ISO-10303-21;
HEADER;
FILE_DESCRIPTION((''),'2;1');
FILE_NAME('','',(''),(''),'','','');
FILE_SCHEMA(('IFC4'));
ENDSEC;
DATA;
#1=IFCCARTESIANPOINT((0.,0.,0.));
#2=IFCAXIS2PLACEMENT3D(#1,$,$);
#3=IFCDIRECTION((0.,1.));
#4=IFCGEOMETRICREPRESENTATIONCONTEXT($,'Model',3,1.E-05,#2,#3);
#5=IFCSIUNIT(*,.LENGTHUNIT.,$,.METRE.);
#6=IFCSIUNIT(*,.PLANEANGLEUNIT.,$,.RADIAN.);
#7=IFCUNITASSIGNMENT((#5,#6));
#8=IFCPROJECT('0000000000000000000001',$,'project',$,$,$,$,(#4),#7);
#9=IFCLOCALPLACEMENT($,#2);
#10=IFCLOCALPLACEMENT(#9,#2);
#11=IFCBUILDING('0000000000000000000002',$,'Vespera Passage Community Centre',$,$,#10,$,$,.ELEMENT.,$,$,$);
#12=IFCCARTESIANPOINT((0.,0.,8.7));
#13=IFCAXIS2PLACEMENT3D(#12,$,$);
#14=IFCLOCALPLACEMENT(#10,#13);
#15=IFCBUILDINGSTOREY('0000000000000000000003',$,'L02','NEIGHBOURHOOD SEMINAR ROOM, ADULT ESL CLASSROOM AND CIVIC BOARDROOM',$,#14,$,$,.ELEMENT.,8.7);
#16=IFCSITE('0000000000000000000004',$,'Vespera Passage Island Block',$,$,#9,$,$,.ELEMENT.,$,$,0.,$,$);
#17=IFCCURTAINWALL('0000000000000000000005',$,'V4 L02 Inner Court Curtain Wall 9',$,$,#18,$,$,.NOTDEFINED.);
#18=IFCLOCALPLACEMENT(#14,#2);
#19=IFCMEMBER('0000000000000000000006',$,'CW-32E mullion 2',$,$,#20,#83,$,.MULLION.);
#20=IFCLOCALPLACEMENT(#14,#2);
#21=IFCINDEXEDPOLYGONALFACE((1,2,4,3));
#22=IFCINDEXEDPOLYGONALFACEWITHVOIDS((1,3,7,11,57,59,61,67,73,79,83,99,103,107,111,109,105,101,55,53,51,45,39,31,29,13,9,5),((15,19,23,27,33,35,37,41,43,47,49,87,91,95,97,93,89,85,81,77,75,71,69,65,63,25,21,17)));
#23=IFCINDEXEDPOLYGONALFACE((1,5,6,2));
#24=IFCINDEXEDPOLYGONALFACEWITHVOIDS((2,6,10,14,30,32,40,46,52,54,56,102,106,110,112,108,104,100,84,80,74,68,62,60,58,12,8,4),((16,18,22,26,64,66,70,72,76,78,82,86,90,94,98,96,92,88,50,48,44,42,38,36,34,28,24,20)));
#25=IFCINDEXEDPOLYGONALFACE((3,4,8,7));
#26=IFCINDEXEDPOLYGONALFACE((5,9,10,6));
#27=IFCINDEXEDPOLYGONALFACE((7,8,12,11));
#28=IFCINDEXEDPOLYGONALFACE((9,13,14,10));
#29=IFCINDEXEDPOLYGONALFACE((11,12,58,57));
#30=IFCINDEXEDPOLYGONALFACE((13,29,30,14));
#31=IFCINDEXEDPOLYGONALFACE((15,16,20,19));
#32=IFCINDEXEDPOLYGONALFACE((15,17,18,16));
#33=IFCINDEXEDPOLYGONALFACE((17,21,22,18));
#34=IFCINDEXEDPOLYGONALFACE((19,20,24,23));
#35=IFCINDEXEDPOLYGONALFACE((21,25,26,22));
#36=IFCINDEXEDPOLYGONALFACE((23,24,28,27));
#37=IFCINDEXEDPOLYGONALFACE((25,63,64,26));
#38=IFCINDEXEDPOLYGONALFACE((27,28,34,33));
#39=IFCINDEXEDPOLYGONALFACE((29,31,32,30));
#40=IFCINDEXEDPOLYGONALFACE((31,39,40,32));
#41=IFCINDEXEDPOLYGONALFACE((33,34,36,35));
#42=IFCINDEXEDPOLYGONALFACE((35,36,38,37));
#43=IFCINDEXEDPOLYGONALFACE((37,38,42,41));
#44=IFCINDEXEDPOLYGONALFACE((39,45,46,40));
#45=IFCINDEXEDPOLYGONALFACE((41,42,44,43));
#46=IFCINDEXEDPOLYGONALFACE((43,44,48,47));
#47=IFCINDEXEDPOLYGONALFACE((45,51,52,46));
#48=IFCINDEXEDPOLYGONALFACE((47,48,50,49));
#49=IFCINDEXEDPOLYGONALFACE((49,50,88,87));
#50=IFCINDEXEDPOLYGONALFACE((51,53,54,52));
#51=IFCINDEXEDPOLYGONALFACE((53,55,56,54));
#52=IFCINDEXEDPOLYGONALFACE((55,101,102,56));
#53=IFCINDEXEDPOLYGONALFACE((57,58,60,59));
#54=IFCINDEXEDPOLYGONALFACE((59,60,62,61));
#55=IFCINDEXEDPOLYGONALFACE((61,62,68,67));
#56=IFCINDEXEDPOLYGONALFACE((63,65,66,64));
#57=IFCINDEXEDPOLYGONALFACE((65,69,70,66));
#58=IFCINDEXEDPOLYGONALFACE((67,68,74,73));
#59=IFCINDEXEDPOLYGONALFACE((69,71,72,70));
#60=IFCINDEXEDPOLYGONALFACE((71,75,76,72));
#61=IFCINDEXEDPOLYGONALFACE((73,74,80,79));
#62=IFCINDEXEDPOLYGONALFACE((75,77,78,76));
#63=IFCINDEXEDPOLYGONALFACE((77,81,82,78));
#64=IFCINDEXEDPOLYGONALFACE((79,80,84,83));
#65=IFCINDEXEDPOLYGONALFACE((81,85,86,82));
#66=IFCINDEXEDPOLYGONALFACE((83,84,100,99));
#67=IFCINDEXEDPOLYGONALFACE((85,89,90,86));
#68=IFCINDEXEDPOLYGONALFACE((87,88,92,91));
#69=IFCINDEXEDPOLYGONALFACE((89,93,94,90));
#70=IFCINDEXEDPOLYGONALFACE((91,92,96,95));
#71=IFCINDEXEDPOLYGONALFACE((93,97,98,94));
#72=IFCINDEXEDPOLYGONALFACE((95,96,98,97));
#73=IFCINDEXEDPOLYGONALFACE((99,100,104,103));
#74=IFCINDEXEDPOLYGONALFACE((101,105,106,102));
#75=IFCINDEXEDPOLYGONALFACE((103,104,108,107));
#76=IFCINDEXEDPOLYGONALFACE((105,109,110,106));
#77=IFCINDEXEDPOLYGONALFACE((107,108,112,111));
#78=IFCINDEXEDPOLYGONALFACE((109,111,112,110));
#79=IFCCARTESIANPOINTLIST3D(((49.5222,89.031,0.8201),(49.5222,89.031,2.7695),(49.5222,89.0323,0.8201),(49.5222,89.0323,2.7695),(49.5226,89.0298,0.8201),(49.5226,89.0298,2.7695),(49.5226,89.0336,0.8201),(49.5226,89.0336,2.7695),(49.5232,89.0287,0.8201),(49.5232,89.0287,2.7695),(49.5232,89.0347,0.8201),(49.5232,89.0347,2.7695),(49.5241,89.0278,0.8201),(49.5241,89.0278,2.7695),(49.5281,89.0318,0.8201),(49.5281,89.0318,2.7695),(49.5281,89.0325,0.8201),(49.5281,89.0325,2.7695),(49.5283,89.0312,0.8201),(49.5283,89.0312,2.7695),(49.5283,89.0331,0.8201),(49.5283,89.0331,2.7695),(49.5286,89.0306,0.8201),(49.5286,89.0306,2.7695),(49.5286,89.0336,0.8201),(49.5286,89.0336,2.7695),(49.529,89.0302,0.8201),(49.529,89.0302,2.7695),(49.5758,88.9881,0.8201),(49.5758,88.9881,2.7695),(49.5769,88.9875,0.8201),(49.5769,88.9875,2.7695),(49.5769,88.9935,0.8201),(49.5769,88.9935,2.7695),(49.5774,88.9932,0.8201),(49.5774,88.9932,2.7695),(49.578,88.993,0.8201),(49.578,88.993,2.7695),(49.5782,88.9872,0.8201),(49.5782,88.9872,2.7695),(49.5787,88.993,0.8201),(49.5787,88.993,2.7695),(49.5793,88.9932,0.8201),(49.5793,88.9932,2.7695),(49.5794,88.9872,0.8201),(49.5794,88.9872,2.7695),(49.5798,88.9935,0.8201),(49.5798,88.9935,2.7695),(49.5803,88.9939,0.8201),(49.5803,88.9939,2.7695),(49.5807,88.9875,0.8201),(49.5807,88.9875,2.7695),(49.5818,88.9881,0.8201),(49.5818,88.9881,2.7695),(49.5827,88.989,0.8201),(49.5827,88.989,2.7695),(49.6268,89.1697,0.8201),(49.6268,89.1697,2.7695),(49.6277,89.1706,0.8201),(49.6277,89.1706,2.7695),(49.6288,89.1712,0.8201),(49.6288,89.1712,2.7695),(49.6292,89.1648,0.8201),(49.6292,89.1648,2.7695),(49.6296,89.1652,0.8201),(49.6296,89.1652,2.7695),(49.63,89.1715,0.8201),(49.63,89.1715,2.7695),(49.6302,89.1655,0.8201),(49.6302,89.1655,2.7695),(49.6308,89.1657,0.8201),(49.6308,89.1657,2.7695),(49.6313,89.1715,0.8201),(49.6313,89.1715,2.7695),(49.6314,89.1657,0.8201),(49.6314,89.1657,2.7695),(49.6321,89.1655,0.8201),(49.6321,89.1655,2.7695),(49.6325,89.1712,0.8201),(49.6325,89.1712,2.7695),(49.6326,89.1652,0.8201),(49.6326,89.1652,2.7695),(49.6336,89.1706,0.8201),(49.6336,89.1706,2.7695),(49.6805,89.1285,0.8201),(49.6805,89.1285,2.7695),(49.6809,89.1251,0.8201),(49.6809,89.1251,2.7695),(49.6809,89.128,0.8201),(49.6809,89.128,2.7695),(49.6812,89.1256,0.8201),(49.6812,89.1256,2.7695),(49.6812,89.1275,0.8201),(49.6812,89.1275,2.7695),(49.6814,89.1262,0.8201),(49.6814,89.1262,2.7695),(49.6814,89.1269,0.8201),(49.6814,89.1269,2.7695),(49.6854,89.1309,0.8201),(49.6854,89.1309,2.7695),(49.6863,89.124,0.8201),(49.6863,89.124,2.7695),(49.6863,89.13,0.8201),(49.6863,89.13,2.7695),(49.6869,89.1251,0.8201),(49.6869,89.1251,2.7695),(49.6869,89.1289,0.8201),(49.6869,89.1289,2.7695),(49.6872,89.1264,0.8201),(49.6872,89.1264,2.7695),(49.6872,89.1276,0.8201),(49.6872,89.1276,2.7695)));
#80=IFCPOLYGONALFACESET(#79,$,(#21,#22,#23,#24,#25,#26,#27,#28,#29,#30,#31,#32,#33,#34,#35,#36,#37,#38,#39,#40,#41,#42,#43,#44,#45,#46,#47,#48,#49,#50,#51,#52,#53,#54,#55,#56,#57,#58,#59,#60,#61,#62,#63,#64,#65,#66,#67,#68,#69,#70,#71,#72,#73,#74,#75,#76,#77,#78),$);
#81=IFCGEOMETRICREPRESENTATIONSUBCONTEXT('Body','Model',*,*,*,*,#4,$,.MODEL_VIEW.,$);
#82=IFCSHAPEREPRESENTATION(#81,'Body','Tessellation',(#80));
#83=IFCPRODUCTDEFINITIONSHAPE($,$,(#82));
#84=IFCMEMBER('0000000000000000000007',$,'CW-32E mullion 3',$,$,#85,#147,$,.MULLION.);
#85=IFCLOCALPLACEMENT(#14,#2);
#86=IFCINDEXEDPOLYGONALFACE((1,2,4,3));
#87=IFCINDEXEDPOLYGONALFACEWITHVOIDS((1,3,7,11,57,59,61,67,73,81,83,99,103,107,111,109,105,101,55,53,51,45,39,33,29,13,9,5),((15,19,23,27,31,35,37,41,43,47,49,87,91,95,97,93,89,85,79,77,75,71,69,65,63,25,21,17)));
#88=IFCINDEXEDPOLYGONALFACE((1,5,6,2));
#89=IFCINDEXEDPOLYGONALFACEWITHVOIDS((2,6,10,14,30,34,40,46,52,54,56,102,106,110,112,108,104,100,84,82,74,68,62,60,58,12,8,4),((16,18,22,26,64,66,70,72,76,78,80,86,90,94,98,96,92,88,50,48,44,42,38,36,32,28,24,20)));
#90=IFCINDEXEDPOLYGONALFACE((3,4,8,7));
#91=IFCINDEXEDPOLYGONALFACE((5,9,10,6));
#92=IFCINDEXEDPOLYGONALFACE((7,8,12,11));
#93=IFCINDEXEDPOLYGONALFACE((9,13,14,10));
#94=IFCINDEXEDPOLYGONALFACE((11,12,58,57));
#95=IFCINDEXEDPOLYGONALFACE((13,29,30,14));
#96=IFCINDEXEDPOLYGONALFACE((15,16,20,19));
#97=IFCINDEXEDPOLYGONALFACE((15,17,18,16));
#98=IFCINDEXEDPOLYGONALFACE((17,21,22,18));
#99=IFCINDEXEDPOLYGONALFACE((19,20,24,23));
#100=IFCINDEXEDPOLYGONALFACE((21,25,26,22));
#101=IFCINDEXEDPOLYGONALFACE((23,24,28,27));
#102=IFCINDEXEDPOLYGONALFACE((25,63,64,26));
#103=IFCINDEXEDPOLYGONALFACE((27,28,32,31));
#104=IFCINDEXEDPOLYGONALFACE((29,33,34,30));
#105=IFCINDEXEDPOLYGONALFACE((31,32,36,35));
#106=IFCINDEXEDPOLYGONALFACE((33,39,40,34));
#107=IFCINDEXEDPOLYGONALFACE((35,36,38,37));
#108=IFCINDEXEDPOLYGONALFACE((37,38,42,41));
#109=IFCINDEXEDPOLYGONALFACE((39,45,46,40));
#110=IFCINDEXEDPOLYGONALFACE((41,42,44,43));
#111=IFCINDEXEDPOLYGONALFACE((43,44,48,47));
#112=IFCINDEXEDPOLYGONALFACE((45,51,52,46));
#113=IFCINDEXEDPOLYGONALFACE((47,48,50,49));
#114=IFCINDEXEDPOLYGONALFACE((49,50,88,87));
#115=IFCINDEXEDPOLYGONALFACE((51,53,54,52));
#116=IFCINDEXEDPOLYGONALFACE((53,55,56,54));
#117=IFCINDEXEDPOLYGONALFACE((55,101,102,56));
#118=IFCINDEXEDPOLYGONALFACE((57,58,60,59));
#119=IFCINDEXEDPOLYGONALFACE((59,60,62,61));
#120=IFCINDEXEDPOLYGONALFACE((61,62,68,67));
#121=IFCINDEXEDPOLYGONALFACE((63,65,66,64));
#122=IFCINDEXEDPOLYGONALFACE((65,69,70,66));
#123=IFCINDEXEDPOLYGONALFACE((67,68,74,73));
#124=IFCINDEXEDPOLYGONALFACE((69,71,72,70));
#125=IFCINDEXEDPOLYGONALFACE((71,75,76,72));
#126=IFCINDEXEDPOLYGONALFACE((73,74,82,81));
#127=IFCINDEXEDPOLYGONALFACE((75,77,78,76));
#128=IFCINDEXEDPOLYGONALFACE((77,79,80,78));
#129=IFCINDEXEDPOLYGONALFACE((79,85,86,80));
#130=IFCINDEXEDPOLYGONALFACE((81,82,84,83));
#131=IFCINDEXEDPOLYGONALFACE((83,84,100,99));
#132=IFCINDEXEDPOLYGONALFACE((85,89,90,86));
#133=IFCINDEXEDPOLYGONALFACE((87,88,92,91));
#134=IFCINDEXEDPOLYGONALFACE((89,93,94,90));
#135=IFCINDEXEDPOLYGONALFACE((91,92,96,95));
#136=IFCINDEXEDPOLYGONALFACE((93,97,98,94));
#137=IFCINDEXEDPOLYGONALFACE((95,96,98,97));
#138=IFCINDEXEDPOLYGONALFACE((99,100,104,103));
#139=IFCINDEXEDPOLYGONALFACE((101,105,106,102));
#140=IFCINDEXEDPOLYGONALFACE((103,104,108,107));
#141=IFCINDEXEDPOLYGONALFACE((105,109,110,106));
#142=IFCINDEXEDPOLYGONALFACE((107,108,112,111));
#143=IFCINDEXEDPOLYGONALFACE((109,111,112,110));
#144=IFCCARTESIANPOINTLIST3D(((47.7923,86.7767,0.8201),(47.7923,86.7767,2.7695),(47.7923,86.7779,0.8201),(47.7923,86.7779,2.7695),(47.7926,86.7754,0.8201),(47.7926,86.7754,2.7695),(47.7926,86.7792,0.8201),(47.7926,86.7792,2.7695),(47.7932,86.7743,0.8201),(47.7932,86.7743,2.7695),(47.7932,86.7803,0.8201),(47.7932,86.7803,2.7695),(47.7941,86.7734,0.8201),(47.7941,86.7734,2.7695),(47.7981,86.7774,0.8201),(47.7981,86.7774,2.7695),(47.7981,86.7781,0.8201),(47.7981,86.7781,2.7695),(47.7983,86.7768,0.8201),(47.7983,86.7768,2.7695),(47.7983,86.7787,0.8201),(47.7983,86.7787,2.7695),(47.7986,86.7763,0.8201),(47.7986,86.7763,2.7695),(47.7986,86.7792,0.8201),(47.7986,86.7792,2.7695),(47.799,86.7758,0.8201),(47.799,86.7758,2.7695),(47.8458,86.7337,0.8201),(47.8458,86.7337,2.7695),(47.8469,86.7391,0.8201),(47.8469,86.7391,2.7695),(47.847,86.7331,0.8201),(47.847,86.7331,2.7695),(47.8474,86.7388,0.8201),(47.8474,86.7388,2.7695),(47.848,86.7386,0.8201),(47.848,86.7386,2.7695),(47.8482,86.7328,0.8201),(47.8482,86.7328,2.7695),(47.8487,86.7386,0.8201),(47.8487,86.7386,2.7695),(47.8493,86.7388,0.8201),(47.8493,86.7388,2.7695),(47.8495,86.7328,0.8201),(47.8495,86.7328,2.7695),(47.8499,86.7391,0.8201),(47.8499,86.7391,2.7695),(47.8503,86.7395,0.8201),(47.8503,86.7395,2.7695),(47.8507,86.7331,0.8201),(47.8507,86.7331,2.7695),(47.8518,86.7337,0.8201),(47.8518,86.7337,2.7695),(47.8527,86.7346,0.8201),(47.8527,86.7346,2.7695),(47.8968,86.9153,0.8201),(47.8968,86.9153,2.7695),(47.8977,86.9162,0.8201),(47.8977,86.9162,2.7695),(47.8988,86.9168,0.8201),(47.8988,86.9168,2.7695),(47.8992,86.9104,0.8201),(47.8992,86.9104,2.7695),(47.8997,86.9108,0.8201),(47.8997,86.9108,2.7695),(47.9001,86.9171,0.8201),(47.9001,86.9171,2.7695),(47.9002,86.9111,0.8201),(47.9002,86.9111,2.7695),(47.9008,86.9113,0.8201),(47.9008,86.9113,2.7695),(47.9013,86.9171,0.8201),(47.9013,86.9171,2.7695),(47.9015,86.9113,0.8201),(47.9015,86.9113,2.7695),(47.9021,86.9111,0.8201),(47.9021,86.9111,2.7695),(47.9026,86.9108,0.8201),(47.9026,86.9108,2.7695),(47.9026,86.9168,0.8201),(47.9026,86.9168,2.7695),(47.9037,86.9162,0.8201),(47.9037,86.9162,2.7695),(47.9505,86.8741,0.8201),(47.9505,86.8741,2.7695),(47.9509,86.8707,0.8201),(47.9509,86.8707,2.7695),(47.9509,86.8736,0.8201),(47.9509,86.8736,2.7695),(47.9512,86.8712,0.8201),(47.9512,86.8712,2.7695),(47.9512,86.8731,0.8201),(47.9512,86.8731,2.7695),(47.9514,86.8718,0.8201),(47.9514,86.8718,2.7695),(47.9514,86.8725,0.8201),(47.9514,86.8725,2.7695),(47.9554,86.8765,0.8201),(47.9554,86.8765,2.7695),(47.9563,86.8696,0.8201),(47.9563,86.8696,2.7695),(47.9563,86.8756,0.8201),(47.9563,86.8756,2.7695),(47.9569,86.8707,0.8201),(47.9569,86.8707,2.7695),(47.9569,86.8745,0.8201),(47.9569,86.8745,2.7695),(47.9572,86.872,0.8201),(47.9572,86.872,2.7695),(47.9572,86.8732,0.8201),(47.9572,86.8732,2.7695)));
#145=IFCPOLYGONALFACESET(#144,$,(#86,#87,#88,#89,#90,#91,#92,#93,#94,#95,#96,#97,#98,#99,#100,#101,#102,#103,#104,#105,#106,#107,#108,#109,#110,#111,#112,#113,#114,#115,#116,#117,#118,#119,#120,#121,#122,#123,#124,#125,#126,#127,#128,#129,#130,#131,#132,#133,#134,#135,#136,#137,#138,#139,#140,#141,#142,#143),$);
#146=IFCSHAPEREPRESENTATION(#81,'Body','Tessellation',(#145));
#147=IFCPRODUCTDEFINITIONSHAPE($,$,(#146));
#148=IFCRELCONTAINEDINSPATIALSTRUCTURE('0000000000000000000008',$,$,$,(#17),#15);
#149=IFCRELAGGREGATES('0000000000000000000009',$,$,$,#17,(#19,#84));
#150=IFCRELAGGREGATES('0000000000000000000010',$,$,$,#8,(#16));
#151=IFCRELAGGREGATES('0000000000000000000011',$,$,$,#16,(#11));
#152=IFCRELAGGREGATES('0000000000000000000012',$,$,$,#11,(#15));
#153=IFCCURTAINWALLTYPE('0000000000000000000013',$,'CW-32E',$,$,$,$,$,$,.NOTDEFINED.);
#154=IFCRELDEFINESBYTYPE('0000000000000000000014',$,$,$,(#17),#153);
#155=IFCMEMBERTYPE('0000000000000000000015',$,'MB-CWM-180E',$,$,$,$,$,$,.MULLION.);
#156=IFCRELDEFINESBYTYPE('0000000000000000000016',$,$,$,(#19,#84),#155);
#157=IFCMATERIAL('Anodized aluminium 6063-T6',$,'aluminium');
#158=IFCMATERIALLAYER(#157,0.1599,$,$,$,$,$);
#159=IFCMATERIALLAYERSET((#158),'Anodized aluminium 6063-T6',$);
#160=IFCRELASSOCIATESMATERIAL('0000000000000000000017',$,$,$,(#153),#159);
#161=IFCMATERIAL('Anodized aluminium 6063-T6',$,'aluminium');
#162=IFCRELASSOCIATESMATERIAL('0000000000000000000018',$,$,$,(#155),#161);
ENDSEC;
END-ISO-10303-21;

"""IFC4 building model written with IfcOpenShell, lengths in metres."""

from ifc_helpers import new_model, si_unit, direction, frame, origin, origin_2d, place, context, subcontext, project, spatial, hollow_rectangle, extrude, material, layer, layer_set, material_profile, profile_set, type_object, element, aggregate, save


model = new_model("IFC4")

# Units and contexts
model_context = context("Model", 3, precision=1e-05, world=origin(), true_north=direction((0.0, 1.0)))
body_context = subcontext(model_context, "Body", "Model", "MODEL_VIEW")
ifc_project = project(units=[si_unit("LENGTHUNIT", "METRE"), si_unit("PLANEANGLEUNIT", "RADIAN")], contexts=[model_context])

# Site, building, storey
site_placement = place(None, origin())
site = spatial("IfcSite", under=ifc_project, at=site_placement, Name="Vespera Passage Island Block", CompositionType="ELEMENT", RefElevation=0.0)
building_placement = place(site_placement, origin())
building = spatial("IfcBuilding", under=site, at=building_placement, Name="Vespera Passage Community Centre", CompositionType="ELEMENT")
storey_placement = place(building_placement, frame((0.0, 0.0, 8.7)))
storey = spatial("IfcBuildingStorey", under=building, at=storey_placement, Name="L02", Description="NEIGHBOURHOOD SEMINAR ROOM, ADULT ESL CLASSROOM AND CIVIC BOARDROOM", CompositionType="ELEMENT", Elevation=8.7)

# Curtain wall, members
ifc_material_1 = material(Name="Anodized aluminium 6063-T6", Category="aluminium")
ifc_layer_1 = layer(ifc_material_1, 0.1599)
ifc_layer_set_1 = layer_set([ifc_layer_1], Name="Anodized aluminium 6063-T6")
curtain_wall_type_1 = type_object("IfcCurtainWallType", Name="CW-32E", PredefinedType="NOTDEFINED", material=ifc_layer_set_1)
curtain_wall_1_placement = place(storey_placement, origin())
curtain_wall_1 = element("IfcCurtainWall", 1, at=curtain_wall_1_placement, inside=storey, type_object=curtain_wall_type_1, Name="V4 L02 Inner Court Curtain Wall 9", PredefinedType="NOTDEFINED")
ifc_material_2 = material(Name="Anodized aluminium 6063-T6", Category="aluminium")
ifc_material_profile_1 = material_profile(ifc_material_2, hollow_rectangle(XDim=0.075, YDim=0.1799, WallThickness=0.0049, InnerFilletRadius=0.0024, OuterFilletRadius=0.0049, at=origin_2d()), Name="ALU180X75X5")
ifc_profile_set_1 = profile_set([ifc_material_profile_1], Name="Anodized aluminium 6063-T6")
member_type_1 = type_object("IfcMemberType", Name="MB-CWM-180E", PredefinedType="MULLION", material=ifc_profile_set_1)
member_1_placement = place(storey_placement, frame((49.6047, 89.0793, 0.8201), z_axis=(0.0, 0.0, 1.0), x_axis=(0.793358, -0.608755, 0.0)))
member_1 = element("IfcMember", 2, at=member_1_placement, type_object=member_type_1, Name="CW-32E mullion 2", PredefinedType="MULLION", context=body_context, shape_type="SweptSolid", body=[
    extrude(hollow_rectangle(XDim=0.075, YDim=0.1799, WallThickness=0.0049, InnerFilletRadius=0.0024, OuterFilletRadius=0.0049, at=origin_2d()), origin(), (0.0, 0.0, 1.0), 1.9495),
])
member_2_placement = place(storey_placement, frame((47.8748, 86.825, 0.8201), z_axis=(0.0, 0.0, 1.0), x_axis=(0.793358, -0.608755, 0.0)))
member_2 = element("IfcMember", 3, at=member_2_placement, type_object=member_type_1, Name="CW-32E mullion 3", PredefinedType="MULLION", context=body_context, shape_type="SweptSolid", body=[
    extrude(hollow_rectangle(XDim=0.075, YDim=0.1799, WallThickness=0.0049, InnerFilletRadius=0.0024, OuterFilletRadius=0.0049, at=origin_2d()), origin(), (0.0, 0.0, 1.0), 1.9495),
])

aggregate(curtain_wall_1, [member_1, member_2])

save(model, "model.ifc")
